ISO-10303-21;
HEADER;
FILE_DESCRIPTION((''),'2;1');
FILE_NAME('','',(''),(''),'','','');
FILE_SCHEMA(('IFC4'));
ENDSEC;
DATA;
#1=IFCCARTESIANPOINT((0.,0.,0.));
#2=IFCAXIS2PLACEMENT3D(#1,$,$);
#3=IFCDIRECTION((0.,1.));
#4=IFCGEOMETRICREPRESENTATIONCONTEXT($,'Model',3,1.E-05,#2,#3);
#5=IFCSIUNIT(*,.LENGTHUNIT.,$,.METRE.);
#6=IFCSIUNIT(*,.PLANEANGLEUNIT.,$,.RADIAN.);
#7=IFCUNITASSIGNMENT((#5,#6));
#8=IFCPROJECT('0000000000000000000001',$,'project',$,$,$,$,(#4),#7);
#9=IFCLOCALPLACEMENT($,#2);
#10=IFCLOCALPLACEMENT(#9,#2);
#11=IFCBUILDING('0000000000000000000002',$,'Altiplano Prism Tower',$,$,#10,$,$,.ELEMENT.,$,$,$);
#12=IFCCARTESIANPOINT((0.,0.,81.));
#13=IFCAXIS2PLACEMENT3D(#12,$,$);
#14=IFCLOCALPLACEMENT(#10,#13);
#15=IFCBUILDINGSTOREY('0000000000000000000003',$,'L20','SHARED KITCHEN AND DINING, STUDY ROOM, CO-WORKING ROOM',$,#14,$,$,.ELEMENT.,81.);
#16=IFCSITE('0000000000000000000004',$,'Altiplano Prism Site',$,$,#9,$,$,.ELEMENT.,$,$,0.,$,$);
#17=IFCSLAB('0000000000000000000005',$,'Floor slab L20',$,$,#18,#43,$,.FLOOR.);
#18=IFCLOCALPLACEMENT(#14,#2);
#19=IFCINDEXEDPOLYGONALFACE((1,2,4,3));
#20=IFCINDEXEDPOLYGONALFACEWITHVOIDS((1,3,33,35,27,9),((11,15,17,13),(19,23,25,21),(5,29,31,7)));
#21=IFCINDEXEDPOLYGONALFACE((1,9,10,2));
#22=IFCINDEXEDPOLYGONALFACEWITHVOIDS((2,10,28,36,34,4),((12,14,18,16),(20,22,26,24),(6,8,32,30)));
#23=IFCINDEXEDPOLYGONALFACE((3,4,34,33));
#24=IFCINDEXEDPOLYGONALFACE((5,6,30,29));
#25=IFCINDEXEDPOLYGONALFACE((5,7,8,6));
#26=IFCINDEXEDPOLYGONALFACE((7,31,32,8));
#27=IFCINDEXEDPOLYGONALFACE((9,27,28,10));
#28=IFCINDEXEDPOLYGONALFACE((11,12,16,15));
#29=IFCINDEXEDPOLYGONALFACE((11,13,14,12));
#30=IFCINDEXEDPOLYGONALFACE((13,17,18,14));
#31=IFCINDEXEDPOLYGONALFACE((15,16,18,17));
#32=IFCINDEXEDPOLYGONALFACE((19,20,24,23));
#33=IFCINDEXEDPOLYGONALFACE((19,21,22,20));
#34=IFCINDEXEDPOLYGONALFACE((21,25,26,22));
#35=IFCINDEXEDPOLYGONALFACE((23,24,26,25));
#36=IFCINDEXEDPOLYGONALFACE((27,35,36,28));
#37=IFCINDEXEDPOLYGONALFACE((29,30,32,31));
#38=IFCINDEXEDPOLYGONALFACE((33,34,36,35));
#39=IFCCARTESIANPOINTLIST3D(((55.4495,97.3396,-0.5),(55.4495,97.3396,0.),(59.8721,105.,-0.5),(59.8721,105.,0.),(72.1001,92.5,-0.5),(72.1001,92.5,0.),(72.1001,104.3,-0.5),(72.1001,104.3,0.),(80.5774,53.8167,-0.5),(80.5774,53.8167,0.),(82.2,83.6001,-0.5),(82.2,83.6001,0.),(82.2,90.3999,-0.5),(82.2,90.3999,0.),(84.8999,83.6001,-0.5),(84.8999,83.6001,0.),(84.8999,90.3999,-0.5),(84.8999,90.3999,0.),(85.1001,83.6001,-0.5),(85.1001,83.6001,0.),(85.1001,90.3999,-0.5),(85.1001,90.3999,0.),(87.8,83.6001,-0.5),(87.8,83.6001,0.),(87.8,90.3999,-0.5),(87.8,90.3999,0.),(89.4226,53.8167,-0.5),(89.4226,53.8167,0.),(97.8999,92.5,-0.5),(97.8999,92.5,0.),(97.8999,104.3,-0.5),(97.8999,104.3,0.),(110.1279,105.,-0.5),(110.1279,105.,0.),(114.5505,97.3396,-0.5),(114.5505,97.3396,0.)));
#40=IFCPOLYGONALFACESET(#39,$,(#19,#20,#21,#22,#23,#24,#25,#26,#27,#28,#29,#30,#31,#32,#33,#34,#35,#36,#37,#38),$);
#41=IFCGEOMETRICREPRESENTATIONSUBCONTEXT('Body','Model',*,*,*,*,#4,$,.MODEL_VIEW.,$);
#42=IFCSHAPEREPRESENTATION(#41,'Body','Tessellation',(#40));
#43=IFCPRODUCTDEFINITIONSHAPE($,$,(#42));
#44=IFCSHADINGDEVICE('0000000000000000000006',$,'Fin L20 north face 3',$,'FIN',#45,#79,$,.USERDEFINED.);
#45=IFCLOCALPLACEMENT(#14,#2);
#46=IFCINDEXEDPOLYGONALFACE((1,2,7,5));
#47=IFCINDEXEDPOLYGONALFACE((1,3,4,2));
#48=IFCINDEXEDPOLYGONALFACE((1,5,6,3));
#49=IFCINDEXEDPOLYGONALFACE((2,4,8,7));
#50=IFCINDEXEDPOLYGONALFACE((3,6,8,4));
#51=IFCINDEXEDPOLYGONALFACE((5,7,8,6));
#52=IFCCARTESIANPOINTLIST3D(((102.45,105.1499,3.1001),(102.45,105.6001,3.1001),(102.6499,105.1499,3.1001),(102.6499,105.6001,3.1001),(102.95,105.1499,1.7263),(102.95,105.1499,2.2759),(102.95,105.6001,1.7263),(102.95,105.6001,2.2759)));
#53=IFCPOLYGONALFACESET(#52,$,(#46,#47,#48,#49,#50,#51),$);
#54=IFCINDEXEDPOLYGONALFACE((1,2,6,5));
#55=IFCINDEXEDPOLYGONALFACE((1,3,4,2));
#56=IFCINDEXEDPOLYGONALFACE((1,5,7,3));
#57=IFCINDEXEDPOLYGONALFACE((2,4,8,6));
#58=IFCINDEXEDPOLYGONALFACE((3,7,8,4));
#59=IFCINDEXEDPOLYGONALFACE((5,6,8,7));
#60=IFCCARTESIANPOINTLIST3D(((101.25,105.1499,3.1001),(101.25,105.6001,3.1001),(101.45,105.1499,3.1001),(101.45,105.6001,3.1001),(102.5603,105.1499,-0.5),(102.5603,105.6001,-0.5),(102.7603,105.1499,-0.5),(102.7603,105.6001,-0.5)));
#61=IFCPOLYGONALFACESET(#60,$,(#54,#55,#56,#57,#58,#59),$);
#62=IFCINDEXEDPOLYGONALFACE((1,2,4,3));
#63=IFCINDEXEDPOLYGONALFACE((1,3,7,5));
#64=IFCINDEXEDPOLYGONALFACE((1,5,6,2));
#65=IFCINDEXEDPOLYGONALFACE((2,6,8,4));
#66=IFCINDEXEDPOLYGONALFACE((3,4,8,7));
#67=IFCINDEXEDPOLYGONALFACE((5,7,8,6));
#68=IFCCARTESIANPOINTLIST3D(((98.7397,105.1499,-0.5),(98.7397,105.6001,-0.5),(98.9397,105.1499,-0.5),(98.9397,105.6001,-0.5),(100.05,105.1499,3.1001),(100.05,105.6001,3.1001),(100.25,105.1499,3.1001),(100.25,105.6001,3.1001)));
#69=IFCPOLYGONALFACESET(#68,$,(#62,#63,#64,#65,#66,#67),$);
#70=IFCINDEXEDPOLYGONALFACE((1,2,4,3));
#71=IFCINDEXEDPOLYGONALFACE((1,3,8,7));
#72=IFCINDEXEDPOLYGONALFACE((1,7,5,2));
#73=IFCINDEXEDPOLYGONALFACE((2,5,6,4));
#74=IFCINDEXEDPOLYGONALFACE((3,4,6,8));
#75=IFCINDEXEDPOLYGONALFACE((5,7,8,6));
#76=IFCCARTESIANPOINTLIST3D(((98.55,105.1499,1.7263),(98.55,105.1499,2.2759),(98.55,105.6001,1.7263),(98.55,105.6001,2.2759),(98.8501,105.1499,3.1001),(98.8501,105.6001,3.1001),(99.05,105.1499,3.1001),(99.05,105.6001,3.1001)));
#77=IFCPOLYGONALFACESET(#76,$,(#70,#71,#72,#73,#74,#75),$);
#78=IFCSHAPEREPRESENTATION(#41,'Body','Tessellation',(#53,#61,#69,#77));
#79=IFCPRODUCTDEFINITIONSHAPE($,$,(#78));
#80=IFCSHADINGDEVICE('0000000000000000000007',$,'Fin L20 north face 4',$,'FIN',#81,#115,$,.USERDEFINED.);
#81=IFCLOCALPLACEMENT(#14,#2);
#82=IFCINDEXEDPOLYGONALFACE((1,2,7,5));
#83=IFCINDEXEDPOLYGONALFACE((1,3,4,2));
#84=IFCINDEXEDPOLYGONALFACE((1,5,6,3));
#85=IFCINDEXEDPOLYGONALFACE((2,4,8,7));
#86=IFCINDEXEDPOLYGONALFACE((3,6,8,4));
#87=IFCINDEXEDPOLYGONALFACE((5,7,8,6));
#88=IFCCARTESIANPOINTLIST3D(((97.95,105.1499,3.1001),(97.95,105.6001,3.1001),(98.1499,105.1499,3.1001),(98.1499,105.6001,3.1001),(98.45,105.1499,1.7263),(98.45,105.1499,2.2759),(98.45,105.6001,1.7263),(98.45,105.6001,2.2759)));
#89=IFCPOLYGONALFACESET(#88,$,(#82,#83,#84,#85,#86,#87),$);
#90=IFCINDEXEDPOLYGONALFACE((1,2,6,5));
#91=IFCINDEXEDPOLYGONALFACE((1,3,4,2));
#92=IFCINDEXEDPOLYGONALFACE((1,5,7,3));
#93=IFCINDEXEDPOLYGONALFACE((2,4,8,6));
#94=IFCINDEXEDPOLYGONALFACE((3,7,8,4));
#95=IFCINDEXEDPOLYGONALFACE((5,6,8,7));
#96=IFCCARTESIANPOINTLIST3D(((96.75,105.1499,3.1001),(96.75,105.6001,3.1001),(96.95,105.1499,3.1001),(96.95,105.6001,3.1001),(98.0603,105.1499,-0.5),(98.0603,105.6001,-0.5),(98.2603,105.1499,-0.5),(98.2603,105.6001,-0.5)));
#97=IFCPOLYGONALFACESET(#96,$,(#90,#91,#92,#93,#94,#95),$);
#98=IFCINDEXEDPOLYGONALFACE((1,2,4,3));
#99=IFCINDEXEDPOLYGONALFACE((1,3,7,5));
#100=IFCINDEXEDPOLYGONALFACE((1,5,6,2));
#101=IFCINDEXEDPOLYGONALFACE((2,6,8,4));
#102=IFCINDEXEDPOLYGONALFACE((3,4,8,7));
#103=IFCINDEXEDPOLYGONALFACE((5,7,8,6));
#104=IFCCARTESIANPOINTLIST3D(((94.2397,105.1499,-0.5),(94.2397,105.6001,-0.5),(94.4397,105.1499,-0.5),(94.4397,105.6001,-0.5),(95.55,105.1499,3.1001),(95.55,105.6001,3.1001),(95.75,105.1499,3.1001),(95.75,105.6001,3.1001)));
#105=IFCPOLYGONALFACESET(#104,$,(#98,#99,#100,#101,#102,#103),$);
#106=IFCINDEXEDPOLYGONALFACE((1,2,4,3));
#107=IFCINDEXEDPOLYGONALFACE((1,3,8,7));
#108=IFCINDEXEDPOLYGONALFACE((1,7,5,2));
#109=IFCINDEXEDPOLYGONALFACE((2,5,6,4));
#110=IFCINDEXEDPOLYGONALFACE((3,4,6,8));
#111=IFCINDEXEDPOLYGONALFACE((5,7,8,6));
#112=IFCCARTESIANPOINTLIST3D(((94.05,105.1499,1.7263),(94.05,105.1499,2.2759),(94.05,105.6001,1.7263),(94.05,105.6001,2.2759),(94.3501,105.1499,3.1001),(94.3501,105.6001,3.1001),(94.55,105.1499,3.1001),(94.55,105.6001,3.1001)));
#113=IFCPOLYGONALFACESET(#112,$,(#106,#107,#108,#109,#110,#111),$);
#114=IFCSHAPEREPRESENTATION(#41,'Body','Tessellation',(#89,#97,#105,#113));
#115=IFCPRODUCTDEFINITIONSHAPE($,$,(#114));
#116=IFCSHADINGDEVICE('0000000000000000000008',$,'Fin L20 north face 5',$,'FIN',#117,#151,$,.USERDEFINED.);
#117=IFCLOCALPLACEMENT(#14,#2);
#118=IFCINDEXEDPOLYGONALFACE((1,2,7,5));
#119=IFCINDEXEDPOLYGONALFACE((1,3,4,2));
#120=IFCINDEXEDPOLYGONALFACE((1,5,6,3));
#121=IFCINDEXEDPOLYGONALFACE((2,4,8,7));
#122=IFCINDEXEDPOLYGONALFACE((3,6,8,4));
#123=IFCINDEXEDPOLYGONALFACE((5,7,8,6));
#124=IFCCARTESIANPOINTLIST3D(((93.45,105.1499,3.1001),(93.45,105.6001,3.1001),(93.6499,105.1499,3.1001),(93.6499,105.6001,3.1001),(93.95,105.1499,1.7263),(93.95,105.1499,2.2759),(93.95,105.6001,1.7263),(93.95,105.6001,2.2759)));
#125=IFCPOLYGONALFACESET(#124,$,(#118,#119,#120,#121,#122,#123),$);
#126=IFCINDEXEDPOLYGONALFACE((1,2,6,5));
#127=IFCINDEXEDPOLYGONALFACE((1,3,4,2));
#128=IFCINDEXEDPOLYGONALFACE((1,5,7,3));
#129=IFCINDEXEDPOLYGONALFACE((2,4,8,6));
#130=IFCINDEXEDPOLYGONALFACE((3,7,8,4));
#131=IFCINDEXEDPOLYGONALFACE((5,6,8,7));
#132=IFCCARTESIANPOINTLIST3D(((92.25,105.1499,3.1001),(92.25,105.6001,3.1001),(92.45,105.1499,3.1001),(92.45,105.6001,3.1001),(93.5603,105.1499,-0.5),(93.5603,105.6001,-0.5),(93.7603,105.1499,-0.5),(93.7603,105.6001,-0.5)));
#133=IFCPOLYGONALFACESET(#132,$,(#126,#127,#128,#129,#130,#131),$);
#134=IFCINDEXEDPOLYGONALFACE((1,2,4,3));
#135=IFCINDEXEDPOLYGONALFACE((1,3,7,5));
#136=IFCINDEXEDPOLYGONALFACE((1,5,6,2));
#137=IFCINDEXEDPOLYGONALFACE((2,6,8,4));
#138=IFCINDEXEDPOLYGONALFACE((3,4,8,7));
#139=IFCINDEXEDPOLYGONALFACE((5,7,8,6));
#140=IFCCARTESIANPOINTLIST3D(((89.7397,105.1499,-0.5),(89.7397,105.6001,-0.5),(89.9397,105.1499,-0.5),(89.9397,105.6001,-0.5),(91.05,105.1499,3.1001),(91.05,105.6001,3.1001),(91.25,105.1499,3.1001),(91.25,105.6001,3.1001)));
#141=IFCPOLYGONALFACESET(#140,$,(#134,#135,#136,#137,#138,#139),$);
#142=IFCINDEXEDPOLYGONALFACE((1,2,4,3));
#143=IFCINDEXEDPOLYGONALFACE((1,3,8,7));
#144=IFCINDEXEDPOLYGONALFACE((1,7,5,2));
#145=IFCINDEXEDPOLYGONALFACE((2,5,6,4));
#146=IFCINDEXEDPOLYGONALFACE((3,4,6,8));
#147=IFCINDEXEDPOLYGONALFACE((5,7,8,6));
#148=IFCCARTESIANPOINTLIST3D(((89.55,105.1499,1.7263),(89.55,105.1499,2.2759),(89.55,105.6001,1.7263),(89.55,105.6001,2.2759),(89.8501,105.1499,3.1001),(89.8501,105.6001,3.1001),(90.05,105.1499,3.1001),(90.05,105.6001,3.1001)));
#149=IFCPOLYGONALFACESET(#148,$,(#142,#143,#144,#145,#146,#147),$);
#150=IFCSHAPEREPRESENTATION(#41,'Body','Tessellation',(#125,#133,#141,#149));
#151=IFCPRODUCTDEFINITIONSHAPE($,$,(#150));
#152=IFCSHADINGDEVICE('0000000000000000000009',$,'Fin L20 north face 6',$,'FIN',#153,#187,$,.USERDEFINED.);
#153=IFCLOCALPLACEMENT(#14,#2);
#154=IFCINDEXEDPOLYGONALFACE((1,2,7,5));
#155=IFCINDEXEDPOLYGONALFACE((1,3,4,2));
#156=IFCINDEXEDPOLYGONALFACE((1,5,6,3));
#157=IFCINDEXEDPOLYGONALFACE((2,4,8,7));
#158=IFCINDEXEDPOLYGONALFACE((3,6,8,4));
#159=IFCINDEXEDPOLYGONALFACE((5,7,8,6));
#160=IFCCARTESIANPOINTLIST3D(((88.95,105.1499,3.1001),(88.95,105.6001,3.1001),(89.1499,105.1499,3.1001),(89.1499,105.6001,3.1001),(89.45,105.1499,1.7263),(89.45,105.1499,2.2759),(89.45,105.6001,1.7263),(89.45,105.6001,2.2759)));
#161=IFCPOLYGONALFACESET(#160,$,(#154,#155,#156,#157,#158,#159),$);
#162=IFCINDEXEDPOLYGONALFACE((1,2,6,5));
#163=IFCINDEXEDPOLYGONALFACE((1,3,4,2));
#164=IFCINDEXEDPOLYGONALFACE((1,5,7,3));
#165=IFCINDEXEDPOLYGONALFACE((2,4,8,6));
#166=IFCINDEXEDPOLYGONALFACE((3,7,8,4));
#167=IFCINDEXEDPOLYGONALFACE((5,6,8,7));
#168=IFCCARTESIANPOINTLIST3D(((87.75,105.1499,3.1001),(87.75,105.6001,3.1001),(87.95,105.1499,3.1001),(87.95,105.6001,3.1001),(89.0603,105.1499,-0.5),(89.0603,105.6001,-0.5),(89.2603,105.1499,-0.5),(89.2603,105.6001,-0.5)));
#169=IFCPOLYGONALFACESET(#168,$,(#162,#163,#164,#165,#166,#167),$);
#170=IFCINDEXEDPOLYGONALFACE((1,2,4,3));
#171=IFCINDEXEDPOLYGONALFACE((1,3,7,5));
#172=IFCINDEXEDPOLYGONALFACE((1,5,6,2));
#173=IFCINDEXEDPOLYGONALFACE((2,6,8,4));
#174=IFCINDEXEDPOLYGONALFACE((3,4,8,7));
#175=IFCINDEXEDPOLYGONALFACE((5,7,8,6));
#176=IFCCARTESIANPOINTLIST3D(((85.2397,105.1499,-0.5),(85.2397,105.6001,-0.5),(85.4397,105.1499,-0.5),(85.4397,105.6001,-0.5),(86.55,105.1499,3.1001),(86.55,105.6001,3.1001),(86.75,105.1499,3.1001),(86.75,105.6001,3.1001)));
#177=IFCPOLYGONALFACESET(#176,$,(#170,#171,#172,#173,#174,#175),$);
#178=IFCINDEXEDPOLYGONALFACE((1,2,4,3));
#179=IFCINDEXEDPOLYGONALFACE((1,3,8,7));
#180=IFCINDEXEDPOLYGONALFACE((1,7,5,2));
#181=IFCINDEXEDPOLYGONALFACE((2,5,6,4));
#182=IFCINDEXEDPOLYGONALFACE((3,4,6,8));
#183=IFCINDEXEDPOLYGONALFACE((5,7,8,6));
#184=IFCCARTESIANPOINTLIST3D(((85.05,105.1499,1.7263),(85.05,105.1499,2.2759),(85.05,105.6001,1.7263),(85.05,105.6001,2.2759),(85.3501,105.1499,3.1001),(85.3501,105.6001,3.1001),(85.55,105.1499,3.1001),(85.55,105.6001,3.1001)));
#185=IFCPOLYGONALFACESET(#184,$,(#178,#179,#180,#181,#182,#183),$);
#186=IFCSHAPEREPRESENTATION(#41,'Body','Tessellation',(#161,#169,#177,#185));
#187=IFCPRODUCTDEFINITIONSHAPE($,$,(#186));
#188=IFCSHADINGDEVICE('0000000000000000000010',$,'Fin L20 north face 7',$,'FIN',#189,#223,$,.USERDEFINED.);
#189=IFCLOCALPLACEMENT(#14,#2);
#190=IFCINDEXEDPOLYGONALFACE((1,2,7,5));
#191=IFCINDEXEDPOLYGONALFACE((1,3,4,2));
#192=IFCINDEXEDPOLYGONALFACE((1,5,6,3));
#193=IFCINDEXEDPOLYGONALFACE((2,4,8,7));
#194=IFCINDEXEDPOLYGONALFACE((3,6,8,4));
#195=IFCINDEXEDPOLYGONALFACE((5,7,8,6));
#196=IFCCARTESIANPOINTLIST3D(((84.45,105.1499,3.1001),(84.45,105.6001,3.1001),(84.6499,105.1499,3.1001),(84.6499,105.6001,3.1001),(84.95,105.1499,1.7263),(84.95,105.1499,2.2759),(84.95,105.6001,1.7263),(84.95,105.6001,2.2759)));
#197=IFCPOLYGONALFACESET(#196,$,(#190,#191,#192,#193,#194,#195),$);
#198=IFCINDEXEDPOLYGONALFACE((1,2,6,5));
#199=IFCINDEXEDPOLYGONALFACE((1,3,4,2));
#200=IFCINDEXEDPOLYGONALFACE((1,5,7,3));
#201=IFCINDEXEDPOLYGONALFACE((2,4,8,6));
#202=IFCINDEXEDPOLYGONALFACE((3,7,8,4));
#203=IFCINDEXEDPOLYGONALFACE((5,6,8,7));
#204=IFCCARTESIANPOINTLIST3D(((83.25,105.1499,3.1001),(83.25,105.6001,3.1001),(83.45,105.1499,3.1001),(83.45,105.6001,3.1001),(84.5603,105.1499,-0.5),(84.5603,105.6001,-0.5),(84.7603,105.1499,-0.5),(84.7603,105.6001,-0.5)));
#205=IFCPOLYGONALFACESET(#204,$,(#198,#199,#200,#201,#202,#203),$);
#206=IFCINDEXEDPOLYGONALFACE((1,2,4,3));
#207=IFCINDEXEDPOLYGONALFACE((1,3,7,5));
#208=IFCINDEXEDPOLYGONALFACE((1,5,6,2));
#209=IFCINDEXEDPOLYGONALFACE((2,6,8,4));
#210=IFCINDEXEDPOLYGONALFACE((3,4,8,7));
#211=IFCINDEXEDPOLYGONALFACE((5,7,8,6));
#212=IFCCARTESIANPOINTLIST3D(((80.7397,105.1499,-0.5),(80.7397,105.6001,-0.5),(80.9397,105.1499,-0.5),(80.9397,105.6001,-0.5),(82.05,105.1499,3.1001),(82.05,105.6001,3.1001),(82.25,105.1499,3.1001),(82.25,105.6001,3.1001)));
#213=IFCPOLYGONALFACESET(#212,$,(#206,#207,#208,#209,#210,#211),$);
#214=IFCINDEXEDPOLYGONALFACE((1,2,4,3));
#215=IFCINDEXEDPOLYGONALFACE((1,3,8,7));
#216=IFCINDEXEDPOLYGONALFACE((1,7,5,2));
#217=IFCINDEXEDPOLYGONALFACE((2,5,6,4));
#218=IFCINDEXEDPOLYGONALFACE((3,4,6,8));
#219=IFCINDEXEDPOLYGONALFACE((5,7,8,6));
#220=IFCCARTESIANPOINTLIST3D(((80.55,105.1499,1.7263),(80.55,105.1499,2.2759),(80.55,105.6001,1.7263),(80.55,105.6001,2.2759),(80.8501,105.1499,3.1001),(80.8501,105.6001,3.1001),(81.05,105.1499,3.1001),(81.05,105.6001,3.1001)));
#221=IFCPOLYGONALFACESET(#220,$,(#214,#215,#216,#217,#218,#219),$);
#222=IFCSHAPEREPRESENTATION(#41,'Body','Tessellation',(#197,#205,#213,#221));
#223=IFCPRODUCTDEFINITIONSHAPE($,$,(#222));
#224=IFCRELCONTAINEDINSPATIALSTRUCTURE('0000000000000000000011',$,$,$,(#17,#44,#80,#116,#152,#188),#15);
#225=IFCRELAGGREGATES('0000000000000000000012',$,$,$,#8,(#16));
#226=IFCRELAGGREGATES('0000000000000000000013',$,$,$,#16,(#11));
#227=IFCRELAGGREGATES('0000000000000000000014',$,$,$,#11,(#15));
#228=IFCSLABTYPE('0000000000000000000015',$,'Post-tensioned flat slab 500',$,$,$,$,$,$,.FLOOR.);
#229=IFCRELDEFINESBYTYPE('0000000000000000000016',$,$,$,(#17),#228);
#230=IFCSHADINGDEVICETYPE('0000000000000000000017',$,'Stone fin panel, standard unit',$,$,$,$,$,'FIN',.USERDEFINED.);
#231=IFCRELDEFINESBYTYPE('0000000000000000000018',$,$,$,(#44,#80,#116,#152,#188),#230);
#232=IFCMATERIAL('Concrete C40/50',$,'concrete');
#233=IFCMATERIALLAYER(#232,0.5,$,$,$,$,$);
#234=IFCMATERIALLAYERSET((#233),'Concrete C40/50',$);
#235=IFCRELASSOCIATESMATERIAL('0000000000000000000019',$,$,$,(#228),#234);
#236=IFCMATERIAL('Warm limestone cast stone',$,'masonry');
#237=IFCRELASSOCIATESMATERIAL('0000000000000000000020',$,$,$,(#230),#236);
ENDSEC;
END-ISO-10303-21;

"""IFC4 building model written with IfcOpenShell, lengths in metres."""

from ifc_helpers import new_model, si_unit, direction, frame, origin, place, context, subcontext, project, spatial, polyline, outline, extrude, source, transform, mapped, material, layer, layer_set, type_object, element, save


model = new_model("IFC4")

# Units and contexts
model_context = context("Model", 3, precision=1e-05, world=origin(), true_north=direction((0.0, 1.0)))
body_context = subcontext(model_context, "Body", "Model", "MODEL_VIEW")
ifc_project = project(units=[si_unit("LENGTHUNIT", "METRE"), si_unit("PLANEANGLEUNIT", "RADIAN")], contexts=[model_context])

# Site, building, storey
site_placement = place(None, origin())
site = spatial("IfcSite", under=ifc_project, at=site_placement, Name="Altiplano Prism Site", CompositionType="ELEMENT", RefElevation=0.0)
building_placement = place(site_placement, origin())
building = spatial("IfcBuilding", under=site, at=building_placement, Name="Altiplano Prism Tower", CompositionType="ELEMENT")
storey_placement = place(building_placement, frame((0.0, 0.0, 81.0)))
storey = spatial("IfcBuildingStorey", under=building, at=storey_placement, Name="L20", Description="SHARED KITCHEN AND DINING, STUDY ROOM, CO-WORKING ROOM", CompositionType="ELEMENT", Elevation=81.0)

# Slab
ifc_material_1 = material(Name="Concrete C40/50", Category="concrete")
ifc_layer = layer(ifc_material_1, 0.5)
ifc_layer_set = layer_set([ifc_layer], Name="Concrete C40/50")
slab_type = type_object("IfcSlabType", Name="Post-tensioned flat slab 500", PredefinedType="FLOOR", material=ifc_layer_set)
slab_placement = place(storey_placement, frame((0.0, 0.0, -0.5)))
element("IfcSlab", 1, at=slab_placement, inside=storey, type_object=slab_type, Name="Floor slab L20", PredefinedType="FLOOR", context=body_context, shape_type="SweptSolid", body=[
    extrude(outline(polyline([(80.5774, 53.8167), (55.4495, 97.3396), (59.8721, 105.0), (110.1279, 105.0), (114.5505, 97.3396), (89.4226, 53.8167), (80.5774, 53.8167)]), holes=[polyline([(72.1001, 104.3), (72.1001, 92.5), (97.8999, 92.5), (97.8999, 104.3), (72.1001, 104.3)]), polyline([(84.8999, 90.3999), (82.2, 90.3999), (82.2, 83.6001), (84.8999, 83.6001), (84.8999, 90.3999)]), polyline([(87.8, 83.6001), (87.8, 90.3999), (85.1001, 90.3999), (85.1001, 83.6001), (87.8, 83.6001)])]), origin(), (0.0, 0.0, 1.0), 0.5),
])

# Shading devices
ifc_material_2 = material(Name="Warm limestone cast stone", Category="masonry")
shading_device_type_1 = type_object("IfcShadingDeviceType", Name="Stone fin panel, standard unit", ElementType="FIN", PredefinedType="USERDEFINED", material=ifc_material_2)
shared_shape_1 = source(origin(), body_context, "Body", "SweptSolid", [
    extrude(outline(polyline([(-2.2, 2.2263), (-1.7, 3.6001), (-1.8999, 3.6001), (-2.2, 2.7759), (-2.2, 2.2263)])), frame((0.0, -0.1499, 0.0), z_axis=(0.0, -1.0, 0.0), x_axis=(1.0, 0.0, 0.0)), (0.0, 0.0, 1.0), 0.4502),
    extrude(outline(polyline([(-2.0103, 0.0), (-1.8103, 0.0), (-0.5, 3.6001), (-0.7, 3.6001), (-2.0103, 0.0)])), frame((0.0, -0.1499, 0.0), z_axis=(0.0, -1.0, 0.0), x_axis=(1.0, 0.0, 0.0)), (0.0, 0.0, 1.0), 0.4502),
    extrude(outline(polyline([(1.8103, 0.0), (2.0103, 0.0), (0.7, 3.6001), (0.5, 3.6001), (1.8103, 0.0)])), frame((0.0, -0.1499, 0.0), z_axis=(0.0, -1.0, 0.0), x_axis=(1.0, 0.0, 0.0)), (0.0, 0.0, 1.0), 0.4502),
    extrude(outline(polyline([(2.2, 2.7759), (1.8999, 3.6001), (1.7, 3.6001), (2.2, 2.2263), (2.2, 2.7759)])), frame((0.0, -0.1499, 0.0), z_axis=(0.0, -1.0, 0.0), x_axis=(1.0, 0.0, 0.0)), (0.0, 0.0, 1.0), 0.4502),
])
shading_device_1_placement = place(storey_placement, origin())
element("IfcShadingDevice", 2, at=shading_device_1_placement, inside=storey, type_object=shading_device_type_1, Name="Fin L20 north face 3", ObjectType="FIN", PredefinedType="USERDEFINED", context=body_context, shape_type="MappedRepresentation", body=[
    mapped(shared_shape_1, transform((100.75, 105.0, -0.5), x_axis=(-1.0, 0.0, 0.0), y_axis=(0.0, -1.0, 0.0), z_axis=(0.0, 0.0, 1.0))),
])
shading_device_2_placement = place(storey_placement, origin())
element("IfcShadingDevice", 3, at=shading_device_2_placement, inside=storey, type_object=shading_device_type_1, Name="Fin L20 north face 4", ObjectType="FIN", PredefinedType="USERDEFINED", context=body_context, shape_type="MappedRepresentation", body=[
    mapped(shared_shape_1, transform((96.25, 105.0, -0.5), x_axis=(-1.0, 0.0, 0.0), y_axis=(0.0, -1.0, 0.0), z_axis=(0.0, 0.0, 1.0))),
])
shading_device_3_placement = place(storey_placement, origin())
element("IfcShadingDevice", 4, at=shading_device_3_placement, inside=storey, type_object=shading_device_type_1, Name="Fin L20 north face 5", ObjectType="FIN", PredefinedType="USERDEFINED", context=body_context, shape_type="MappedRepresentation", body=[
    mapped(shared_shape_1, transform((91.75, 105.0, -0.5), x_axis=(-1.0, 0.0, 0.0), y_axis=(0.0, -1.0, 0.0), z_axis=(0.0, 0.0, 1.0))),
])
shading_device_4_placement = place(storey_placement, origin())
element("IfcShadingDevice", 5, at=shading_device_4_placement, inside=storey, type_object=shading_device_type_1, Name="Fin L20 north face 6", ObjectType="FIN", PredefinedType="USERDEFINED", context=body_context, shape_type="MappedRepresentation", body=[
    mapped(shared_shape_1, transform((87.25, 105.0, -0.5), x_axis=(-1.0, 0.0, 0.0), y_axis=(0.0, -1.0, 0.0), z_axis=(0.0, 0.0, 1.0))),
])
shading_device_5_placement = place(storey_placement, origin())
element("IfcShadingDevice", 6, at=shading_device_5_placement, inside=storey, type_object=shading_device_type_1, Name="Fin L20 north face 7", ObjectType="FIN", PredefinedType="USERDEFINED", context=body_context, shape_type="MappedRepresentation", body=[
    mapped(shared_shape_1, transform((82.75, 105.0, -0.5), x_axis=(-1.0, 0.0, 0.0), y_axis=(0.0, -1.0, 0.0), z_axis=(0.0, 0.0, 1.0))),
])

save(model, "model.ifc")
